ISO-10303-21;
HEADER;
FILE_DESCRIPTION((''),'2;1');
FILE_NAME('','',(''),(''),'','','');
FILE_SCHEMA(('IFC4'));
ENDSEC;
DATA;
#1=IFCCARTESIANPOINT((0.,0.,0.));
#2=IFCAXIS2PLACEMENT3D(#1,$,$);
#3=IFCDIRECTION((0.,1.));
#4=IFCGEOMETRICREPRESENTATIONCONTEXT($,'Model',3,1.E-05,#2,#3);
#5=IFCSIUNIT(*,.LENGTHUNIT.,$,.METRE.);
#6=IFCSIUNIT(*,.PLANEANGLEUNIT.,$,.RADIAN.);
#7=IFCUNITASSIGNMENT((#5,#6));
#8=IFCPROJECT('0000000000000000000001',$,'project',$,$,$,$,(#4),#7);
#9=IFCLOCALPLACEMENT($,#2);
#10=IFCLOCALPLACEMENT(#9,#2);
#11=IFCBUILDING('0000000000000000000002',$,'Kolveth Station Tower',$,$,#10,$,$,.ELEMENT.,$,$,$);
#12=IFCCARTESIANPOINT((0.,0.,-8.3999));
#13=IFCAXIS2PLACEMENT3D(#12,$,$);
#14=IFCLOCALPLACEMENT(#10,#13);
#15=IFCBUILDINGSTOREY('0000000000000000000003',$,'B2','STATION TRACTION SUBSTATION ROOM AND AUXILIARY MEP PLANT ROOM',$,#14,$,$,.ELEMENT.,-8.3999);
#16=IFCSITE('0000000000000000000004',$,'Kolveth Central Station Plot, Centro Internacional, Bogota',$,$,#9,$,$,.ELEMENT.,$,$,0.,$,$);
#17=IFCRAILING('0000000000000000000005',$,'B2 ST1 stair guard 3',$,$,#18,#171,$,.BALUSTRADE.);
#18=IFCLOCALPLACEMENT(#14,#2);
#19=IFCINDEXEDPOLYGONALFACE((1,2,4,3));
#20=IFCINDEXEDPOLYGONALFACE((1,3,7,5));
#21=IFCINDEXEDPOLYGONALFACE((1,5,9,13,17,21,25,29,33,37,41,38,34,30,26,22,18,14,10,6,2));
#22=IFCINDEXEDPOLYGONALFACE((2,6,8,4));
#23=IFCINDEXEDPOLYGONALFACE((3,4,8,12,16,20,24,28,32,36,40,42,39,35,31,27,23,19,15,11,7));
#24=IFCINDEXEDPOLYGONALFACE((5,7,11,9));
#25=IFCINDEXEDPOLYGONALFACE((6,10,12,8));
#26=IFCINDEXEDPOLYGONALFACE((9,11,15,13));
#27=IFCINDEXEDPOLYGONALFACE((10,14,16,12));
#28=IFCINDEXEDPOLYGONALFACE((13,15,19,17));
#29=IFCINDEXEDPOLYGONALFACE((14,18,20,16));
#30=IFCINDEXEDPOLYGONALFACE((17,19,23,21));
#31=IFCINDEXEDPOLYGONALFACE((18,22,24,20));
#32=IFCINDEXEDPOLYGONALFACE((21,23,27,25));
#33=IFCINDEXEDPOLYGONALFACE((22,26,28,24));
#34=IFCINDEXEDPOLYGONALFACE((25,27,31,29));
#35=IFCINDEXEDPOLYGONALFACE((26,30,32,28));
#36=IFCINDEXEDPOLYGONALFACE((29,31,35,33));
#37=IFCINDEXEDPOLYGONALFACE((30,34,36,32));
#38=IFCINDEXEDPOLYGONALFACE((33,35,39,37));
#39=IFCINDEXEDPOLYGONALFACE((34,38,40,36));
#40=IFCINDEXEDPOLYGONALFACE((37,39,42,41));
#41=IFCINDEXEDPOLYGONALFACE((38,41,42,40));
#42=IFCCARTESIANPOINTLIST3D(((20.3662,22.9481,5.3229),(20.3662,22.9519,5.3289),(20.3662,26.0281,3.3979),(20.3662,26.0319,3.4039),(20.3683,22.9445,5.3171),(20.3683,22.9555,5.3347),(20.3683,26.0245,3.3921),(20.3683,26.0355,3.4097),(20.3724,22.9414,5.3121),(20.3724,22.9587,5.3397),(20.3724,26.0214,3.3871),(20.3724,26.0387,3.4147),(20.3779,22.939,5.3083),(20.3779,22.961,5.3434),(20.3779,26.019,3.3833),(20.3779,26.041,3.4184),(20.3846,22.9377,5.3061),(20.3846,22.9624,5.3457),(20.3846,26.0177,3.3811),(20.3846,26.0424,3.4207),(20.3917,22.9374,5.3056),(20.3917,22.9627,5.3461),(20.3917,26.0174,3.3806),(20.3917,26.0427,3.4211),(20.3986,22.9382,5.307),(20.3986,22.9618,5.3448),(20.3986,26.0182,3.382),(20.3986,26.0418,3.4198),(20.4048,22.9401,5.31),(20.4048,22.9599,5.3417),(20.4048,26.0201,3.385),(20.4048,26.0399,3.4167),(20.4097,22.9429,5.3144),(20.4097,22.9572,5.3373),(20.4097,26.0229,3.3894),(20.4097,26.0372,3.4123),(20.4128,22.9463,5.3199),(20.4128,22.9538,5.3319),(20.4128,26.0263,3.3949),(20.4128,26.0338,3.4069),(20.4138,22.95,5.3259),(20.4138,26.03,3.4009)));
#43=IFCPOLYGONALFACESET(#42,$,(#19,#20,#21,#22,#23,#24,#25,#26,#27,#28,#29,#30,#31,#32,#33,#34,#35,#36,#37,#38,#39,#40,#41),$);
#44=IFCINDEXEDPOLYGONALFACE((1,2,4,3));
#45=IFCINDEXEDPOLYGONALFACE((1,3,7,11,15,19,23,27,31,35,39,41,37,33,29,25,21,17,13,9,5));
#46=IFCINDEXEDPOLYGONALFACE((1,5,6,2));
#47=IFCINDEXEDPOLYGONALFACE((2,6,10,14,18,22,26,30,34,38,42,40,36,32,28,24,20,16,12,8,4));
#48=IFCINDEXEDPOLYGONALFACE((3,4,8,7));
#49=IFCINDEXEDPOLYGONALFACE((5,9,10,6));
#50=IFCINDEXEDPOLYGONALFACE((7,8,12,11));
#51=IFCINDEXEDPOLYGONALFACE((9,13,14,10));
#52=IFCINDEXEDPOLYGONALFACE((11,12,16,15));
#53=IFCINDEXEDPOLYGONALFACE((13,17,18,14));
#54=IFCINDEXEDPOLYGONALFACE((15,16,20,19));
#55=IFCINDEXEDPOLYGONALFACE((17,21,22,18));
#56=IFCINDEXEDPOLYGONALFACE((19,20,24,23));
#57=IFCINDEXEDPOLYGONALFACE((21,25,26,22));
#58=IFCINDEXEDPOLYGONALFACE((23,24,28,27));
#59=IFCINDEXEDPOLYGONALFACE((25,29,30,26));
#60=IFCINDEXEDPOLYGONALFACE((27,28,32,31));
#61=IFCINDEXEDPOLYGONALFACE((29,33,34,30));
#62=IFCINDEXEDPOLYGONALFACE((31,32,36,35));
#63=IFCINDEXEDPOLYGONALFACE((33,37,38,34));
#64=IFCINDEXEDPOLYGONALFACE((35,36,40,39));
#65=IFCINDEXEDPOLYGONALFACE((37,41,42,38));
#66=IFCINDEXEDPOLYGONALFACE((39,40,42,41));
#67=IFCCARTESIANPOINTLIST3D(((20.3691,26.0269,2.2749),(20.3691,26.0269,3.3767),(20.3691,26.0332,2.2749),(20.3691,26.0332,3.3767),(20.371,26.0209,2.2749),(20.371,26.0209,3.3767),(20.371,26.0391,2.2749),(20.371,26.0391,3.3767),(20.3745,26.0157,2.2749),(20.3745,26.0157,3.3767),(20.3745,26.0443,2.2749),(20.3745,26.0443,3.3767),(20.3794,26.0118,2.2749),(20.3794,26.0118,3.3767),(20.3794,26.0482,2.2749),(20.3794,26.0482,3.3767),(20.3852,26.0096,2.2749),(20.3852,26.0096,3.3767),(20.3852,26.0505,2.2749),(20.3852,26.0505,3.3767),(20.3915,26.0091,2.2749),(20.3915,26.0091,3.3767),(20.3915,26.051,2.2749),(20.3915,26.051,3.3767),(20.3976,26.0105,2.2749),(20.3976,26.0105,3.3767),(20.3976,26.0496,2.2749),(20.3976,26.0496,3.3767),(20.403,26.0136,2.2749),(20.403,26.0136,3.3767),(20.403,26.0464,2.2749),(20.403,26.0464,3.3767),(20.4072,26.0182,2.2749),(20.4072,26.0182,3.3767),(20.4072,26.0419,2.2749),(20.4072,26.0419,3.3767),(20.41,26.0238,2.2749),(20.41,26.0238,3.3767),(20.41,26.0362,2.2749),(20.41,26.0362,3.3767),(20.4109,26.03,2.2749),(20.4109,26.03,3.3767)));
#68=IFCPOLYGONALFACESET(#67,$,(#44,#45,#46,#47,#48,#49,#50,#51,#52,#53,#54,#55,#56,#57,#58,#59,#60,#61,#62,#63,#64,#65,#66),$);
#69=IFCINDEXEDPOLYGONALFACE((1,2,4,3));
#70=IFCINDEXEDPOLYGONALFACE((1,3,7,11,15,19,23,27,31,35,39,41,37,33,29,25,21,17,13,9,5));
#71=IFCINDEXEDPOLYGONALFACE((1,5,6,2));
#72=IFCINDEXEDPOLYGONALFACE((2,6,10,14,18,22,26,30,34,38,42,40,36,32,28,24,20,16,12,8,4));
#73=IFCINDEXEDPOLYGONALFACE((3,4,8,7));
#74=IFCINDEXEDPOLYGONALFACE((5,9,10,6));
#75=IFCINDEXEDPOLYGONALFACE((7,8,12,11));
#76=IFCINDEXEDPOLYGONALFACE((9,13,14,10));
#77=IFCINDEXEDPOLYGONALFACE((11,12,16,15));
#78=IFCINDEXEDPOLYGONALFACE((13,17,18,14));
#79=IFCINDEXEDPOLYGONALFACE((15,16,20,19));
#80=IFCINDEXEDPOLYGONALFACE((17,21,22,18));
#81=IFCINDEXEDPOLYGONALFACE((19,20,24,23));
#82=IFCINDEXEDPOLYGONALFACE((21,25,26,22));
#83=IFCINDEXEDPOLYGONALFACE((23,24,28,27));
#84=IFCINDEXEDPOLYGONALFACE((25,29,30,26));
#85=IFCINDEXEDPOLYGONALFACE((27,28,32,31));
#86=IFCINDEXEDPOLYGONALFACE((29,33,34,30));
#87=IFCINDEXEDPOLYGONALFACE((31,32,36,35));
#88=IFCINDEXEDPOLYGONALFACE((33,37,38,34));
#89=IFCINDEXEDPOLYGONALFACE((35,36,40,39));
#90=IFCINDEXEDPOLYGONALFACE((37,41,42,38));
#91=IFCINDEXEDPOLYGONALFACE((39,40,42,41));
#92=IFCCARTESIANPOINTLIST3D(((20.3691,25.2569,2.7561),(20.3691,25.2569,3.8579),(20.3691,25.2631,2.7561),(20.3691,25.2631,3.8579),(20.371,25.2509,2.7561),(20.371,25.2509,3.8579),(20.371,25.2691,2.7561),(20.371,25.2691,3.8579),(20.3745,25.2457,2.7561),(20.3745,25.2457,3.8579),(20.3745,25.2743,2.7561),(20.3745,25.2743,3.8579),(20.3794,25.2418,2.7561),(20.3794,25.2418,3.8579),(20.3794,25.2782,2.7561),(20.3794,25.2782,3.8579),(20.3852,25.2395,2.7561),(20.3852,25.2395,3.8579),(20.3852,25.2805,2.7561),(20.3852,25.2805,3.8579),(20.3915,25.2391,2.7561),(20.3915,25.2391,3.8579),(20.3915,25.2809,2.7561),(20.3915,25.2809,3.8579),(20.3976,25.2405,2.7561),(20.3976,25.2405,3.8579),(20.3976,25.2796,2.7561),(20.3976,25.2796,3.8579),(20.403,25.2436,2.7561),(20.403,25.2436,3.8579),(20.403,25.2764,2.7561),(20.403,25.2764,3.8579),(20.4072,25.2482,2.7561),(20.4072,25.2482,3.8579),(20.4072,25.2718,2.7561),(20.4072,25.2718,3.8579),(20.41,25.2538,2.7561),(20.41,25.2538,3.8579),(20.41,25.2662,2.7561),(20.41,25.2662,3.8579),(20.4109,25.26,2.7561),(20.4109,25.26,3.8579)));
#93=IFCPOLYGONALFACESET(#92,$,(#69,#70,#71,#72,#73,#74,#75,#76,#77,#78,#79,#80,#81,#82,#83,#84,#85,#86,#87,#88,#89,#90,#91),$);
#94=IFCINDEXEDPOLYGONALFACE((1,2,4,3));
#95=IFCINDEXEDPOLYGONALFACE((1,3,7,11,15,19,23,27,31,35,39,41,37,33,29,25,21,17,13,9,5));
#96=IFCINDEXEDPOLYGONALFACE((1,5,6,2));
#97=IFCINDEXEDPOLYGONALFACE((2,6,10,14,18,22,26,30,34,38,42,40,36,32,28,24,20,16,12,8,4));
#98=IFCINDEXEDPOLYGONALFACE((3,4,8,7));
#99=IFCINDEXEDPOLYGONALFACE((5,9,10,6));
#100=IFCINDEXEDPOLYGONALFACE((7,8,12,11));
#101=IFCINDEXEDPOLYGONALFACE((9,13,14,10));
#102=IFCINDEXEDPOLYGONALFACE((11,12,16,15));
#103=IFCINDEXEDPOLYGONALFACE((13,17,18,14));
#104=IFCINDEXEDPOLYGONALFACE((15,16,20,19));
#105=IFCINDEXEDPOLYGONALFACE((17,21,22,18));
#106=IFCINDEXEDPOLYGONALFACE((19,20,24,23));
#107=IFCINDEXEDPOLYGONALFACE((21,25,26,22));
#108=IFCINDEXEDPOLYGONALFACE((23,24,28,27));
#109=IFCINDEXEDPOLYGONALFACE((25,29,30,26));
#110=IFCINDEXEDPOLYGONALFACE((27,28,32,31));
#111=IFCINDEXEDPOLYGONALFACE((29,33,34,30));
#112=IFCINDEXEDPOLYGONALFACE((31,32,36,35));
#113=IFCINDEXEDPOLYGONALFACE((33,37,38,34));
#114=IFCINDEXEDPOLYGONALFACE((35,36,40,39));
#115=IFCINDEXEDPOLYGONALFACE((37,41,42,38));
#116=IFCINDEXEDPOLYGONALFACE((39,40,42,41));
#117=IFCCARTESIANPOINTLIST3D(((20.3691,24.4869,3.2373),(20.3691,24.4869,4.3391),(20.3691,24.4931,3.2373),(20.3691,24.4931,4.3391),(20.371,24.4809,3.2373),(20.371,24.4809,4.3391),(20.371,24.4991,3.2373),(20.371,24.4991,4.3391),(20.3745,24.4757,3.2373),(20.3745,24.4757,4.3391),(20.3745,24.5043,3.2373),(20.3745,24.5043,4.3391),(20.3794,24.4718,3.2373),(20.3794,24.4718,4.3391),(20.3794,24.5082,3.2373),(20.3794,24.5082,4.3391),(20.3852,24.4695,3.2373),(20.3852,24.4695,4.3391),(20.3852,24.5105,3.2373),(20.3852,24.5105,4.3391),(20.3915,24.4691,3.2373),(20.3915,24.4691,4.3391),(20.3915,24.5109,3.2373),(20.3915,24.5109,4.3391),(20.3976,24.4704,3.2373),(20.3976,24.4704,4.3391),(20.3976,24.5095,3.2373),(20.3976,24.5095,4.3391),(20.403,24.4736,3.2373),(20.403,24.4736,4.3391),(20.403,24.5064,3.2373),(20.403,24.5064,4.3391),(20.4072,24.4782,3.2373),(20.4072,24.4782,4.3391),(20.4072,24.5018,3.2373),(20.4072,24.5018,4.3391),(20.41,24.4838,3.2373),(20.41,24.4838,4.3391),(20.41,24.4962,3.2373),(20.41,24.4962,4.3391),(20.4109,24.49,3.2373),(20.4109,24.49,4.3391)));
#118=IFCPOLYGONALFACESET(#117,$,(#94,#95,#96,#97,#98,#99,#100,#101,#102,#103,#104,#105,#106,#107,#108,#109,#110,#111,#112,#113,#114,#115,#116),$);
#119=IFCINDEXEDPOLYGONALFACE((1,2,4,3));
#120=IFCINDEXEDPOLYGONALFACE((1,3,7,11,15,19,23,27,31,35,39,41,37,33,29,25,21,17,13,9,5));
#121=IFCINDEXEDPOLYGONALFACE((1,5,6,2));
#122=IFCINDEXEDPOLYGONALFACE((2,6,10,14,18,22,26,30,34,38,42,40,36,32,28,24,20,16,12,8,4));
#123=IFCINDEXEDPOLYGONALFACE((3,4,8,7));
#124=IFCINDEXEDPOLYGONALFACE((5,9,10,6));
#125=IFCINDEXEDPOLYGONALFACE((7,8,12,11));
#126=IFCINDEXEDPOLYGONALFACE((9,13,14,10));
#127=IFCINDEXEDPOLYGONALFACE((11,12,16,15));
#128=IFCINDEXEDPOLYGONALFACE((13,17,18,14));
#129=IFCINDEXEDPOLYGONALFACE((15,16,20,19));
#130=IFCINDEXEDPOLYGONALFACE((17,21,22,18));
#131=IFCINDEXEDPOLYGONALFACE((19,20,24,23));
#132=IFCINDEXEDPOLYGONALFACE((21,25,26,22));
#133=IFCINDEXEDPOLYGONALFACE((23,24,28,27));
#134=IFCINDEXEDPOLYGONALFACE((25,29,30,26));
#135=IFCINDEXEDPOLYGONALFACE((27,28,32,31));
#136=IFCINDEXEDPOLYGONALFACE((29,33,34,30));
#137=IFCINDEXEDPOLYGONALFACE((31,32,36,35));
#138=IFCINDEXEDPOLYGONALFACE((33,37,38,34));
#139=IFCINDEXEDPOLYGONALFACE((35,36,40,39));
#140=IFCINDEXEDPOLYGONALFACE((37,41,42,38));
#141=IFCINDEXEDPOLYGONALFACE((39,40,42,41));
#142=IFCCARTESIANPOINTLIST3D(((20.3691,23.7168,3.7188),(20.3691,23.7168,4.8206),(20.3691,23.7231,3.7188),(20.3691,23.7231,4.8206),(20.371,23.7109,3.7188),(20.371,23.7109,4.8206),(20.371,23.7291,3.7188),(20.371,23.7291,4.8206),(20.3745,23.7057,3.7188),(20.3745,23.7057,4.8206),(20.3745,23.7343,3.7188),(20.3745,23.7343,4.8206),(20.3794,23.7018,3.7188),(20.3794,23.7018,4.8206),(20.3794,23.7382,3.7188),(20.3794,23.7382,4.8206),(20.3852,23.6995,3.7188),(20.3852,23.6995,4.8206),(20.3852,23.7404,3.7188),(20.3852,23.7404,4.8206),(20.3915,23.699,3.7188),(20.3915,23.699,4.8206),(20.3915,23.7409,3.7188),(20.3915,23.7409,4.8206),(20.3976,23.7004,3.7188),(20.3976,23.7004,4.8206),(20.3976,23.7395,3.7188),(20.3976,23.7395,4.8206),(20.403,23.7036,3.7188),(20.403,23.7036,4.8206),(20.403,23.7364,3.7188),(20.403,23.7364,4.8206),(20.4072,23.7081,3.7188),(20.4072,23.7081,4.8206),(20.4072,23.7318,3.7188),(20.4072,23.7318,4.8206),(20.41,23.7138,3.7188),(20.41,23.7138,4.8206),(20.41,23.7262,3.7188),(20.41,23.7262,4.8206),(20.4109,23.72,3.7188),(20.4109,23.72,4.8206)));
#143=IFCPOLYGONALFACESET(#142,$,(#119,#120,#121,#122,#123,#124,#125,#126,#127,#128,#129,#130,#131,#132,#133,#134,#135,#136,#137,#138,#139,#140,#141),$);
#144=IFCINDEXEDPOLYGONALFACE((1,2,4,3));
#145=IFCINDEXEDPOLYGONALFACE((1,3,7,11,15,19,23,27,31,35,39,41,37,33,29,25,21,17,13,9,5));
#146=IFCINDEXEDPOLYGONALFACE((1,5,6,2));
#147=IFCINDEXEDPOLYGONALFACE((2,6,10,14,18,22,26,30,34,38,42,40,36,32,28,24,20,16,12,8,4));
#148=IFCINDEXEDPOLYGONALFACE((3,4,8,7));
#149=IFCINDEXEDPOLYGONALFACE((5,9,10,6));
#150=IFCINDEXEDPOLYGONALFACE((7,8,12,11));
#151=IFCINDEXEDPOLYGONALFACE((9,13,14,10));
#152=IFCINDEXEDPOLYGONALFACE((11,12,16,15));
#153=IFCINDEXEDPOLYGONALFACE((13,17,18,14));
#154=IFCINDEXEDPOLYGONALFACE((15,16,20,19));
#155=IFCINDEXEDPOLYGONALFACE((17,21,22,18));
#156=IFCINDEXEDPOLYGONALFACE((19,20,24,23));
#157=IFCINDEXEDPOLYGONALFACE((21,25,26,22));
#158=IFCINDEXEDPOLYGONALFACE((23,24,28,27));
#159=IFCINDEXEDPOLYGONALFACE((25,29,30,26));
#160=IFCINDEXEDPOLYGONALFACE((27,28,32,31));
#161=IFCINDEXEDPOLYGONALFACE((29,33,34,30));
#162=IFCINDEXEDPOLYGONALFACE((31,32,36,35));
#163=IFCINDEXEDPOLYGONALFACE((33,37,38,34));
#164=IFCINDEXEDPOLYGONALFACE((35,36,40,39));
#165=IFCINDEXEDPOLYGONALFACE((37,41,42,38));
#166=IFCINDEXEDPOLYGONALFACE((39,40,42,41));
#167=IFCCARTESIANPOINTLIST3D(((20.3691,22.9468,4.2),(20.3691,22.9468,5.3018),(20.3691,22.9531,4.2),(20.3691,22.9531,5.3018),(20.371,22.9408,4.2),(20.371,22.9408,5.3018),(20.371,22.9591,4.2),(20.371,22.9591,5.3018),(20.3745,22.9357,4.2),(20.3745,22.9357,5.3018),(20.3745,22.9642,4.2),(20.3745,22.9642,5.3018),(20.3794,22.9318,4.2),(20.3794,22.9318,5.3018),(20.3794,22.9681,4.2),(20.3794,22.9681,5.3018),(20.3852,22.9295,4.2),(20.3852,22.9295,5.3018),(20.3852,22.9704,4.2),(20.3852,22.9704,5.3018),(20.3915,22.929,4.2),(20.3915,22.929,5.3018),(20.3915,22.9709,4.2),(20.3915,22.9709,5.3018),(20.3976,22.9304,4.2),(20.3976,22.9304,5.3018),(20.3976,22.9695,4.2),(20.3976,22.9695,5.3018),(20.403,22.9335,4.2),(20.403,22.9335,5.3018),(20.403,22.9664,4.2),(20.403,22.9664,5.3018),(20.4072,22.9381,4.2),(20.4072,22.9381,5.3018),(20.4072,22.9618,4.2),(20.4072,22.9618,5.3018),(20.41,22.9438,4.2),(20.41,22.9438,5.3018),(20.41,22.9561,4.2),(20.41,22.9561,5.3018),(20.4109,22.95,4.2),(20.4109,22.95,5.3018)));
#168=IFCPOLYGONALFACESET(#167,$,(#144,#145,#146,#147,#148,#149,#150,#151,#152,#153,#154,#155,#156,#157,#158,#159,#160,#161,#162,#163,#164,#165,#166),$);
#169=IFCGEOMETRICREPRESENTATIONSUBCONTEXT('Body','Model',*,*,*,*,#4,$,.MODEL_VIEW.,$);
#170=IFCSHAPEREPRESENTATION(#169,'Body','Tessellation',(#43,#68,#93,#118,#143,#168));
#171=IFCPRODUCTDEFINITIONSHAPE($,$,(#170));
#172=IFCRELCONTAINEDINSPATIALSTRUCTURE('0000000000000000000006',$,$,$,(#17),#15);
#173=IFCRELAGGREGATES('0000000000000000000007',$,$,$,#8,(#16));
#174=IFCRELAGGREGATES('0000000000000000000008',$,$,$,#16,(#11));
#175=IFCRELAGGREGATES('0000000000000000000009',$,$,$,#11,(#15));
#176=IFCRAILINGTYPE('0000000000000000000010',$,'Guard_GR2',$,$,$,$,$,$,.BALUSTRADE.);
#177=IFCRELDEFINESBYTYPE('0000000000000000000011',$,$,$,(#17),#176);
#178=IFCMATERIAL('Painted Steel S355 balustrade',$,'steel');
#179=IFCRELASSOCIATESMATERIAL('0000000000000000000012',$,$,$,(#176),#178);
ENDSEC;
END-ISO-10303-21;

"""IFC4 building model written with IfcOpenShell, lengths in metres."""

from ifc_helpers import new_model, si_unit, direction, frame, origin, origin_2d, place, context, subcontext, project, spatial, circle, extrude, material, type_object, element, save


model = new_model("IFC4")

# Units and contexts
model_context = context("Model", 3, precision=1e-05, world=origin(), true_north=direction((0.0, 1.0)))
body_context = subcontext(model_context, "Body", "Model", "MODEL_VIEW")
ifc_project = project(units=[si_unit("LENGTHUNIT", "METRE"), si_unit("PLANEANGLEUNIT", "RADIAN")], contexts=[model_context])

# Site, building, storey
site_placement = place(None, origin())
site = spatial("IfcSite", under=ifc_project, at=site_placement, Name="Kolveth Central Station Plot, Centro Internacional, Bogota", CompositionType="ELEMENT", RefElevation=0.0)
building_placement = place(site_placement, origin())
building = spatial("IfcBuilding", under=site, at=building_placement, Name="Kolveth Station Tower", CompositionType="ELEMENT")
storey_placement = place(building_placement, frame((0.0, 0.0, -8.3999)))
storey = spatial("IfcBuildingStorey", under=building, at=storey_placement, Name="B2", Description="STATION TRACTION SUBSTATION ROOM AND AUXILIARY MEP PLANT ROOM", CompositionType="ELEMENT", Elevation=-8.3999)

# Railing
ifc_material_1 = material(Name="Painted Steel S355 balustrade", Category="steel")
railing_type_1 = type_object("IfcRailingType", Name="Guard_GR2", PredefinedType="BALUSTRADE", material=ifc_material_1)
railing_1_placement = place(storey_placement, frame((20.3899, 26.03, 2.2749)))
element("IfcRailing", 1, at=railing_1_placement, inside=storey, type_object=railing_type_1, Name="B2 ST1 stair guard 3", PredefinedType="BALUSTRADE", context=body_context, shape_type="SweptSolid", body=[
    extrude(circle(Radius=0.0239, at=origin_2d()), frame((0.0, 0.0, 1.126), z_axis=(0.0, -0.847998, 0.529999), x_axis=(1.0, 0.0, 0.0)), (0.0, 0.0, 1.0), 3.6321),
    extrude(circle(Radius=0.021, at=origin_2d()), origin(), (0.0, 0.0, 1.0), 1.1018),
    extrude(circle(Radius=0.021, at=origin_2d()), frame((0.0, -0.77, 0.4812)), (0.0, 0.0, 1.0), 1.1018),
    extrude(circle(Radius=0.021, at=origin_2d()), frame((0.0, -1.54, 0.9624)), (0.0, 0.0, 1.0), 1.1018),
    extrude(circle(Radius=0.021, at=origin_2d()), frame((0.0, -2.3101, 1.4438)), (0.0, 0.0, 1.0), 1.1018),
    extrude(circle(Radius=0.021, at=origin_2d()), frame((0.0, -3.0801, 1.925)), (0.0, 0.0, 1.0), 1.1018),
])

save(model, "model.ifc")
